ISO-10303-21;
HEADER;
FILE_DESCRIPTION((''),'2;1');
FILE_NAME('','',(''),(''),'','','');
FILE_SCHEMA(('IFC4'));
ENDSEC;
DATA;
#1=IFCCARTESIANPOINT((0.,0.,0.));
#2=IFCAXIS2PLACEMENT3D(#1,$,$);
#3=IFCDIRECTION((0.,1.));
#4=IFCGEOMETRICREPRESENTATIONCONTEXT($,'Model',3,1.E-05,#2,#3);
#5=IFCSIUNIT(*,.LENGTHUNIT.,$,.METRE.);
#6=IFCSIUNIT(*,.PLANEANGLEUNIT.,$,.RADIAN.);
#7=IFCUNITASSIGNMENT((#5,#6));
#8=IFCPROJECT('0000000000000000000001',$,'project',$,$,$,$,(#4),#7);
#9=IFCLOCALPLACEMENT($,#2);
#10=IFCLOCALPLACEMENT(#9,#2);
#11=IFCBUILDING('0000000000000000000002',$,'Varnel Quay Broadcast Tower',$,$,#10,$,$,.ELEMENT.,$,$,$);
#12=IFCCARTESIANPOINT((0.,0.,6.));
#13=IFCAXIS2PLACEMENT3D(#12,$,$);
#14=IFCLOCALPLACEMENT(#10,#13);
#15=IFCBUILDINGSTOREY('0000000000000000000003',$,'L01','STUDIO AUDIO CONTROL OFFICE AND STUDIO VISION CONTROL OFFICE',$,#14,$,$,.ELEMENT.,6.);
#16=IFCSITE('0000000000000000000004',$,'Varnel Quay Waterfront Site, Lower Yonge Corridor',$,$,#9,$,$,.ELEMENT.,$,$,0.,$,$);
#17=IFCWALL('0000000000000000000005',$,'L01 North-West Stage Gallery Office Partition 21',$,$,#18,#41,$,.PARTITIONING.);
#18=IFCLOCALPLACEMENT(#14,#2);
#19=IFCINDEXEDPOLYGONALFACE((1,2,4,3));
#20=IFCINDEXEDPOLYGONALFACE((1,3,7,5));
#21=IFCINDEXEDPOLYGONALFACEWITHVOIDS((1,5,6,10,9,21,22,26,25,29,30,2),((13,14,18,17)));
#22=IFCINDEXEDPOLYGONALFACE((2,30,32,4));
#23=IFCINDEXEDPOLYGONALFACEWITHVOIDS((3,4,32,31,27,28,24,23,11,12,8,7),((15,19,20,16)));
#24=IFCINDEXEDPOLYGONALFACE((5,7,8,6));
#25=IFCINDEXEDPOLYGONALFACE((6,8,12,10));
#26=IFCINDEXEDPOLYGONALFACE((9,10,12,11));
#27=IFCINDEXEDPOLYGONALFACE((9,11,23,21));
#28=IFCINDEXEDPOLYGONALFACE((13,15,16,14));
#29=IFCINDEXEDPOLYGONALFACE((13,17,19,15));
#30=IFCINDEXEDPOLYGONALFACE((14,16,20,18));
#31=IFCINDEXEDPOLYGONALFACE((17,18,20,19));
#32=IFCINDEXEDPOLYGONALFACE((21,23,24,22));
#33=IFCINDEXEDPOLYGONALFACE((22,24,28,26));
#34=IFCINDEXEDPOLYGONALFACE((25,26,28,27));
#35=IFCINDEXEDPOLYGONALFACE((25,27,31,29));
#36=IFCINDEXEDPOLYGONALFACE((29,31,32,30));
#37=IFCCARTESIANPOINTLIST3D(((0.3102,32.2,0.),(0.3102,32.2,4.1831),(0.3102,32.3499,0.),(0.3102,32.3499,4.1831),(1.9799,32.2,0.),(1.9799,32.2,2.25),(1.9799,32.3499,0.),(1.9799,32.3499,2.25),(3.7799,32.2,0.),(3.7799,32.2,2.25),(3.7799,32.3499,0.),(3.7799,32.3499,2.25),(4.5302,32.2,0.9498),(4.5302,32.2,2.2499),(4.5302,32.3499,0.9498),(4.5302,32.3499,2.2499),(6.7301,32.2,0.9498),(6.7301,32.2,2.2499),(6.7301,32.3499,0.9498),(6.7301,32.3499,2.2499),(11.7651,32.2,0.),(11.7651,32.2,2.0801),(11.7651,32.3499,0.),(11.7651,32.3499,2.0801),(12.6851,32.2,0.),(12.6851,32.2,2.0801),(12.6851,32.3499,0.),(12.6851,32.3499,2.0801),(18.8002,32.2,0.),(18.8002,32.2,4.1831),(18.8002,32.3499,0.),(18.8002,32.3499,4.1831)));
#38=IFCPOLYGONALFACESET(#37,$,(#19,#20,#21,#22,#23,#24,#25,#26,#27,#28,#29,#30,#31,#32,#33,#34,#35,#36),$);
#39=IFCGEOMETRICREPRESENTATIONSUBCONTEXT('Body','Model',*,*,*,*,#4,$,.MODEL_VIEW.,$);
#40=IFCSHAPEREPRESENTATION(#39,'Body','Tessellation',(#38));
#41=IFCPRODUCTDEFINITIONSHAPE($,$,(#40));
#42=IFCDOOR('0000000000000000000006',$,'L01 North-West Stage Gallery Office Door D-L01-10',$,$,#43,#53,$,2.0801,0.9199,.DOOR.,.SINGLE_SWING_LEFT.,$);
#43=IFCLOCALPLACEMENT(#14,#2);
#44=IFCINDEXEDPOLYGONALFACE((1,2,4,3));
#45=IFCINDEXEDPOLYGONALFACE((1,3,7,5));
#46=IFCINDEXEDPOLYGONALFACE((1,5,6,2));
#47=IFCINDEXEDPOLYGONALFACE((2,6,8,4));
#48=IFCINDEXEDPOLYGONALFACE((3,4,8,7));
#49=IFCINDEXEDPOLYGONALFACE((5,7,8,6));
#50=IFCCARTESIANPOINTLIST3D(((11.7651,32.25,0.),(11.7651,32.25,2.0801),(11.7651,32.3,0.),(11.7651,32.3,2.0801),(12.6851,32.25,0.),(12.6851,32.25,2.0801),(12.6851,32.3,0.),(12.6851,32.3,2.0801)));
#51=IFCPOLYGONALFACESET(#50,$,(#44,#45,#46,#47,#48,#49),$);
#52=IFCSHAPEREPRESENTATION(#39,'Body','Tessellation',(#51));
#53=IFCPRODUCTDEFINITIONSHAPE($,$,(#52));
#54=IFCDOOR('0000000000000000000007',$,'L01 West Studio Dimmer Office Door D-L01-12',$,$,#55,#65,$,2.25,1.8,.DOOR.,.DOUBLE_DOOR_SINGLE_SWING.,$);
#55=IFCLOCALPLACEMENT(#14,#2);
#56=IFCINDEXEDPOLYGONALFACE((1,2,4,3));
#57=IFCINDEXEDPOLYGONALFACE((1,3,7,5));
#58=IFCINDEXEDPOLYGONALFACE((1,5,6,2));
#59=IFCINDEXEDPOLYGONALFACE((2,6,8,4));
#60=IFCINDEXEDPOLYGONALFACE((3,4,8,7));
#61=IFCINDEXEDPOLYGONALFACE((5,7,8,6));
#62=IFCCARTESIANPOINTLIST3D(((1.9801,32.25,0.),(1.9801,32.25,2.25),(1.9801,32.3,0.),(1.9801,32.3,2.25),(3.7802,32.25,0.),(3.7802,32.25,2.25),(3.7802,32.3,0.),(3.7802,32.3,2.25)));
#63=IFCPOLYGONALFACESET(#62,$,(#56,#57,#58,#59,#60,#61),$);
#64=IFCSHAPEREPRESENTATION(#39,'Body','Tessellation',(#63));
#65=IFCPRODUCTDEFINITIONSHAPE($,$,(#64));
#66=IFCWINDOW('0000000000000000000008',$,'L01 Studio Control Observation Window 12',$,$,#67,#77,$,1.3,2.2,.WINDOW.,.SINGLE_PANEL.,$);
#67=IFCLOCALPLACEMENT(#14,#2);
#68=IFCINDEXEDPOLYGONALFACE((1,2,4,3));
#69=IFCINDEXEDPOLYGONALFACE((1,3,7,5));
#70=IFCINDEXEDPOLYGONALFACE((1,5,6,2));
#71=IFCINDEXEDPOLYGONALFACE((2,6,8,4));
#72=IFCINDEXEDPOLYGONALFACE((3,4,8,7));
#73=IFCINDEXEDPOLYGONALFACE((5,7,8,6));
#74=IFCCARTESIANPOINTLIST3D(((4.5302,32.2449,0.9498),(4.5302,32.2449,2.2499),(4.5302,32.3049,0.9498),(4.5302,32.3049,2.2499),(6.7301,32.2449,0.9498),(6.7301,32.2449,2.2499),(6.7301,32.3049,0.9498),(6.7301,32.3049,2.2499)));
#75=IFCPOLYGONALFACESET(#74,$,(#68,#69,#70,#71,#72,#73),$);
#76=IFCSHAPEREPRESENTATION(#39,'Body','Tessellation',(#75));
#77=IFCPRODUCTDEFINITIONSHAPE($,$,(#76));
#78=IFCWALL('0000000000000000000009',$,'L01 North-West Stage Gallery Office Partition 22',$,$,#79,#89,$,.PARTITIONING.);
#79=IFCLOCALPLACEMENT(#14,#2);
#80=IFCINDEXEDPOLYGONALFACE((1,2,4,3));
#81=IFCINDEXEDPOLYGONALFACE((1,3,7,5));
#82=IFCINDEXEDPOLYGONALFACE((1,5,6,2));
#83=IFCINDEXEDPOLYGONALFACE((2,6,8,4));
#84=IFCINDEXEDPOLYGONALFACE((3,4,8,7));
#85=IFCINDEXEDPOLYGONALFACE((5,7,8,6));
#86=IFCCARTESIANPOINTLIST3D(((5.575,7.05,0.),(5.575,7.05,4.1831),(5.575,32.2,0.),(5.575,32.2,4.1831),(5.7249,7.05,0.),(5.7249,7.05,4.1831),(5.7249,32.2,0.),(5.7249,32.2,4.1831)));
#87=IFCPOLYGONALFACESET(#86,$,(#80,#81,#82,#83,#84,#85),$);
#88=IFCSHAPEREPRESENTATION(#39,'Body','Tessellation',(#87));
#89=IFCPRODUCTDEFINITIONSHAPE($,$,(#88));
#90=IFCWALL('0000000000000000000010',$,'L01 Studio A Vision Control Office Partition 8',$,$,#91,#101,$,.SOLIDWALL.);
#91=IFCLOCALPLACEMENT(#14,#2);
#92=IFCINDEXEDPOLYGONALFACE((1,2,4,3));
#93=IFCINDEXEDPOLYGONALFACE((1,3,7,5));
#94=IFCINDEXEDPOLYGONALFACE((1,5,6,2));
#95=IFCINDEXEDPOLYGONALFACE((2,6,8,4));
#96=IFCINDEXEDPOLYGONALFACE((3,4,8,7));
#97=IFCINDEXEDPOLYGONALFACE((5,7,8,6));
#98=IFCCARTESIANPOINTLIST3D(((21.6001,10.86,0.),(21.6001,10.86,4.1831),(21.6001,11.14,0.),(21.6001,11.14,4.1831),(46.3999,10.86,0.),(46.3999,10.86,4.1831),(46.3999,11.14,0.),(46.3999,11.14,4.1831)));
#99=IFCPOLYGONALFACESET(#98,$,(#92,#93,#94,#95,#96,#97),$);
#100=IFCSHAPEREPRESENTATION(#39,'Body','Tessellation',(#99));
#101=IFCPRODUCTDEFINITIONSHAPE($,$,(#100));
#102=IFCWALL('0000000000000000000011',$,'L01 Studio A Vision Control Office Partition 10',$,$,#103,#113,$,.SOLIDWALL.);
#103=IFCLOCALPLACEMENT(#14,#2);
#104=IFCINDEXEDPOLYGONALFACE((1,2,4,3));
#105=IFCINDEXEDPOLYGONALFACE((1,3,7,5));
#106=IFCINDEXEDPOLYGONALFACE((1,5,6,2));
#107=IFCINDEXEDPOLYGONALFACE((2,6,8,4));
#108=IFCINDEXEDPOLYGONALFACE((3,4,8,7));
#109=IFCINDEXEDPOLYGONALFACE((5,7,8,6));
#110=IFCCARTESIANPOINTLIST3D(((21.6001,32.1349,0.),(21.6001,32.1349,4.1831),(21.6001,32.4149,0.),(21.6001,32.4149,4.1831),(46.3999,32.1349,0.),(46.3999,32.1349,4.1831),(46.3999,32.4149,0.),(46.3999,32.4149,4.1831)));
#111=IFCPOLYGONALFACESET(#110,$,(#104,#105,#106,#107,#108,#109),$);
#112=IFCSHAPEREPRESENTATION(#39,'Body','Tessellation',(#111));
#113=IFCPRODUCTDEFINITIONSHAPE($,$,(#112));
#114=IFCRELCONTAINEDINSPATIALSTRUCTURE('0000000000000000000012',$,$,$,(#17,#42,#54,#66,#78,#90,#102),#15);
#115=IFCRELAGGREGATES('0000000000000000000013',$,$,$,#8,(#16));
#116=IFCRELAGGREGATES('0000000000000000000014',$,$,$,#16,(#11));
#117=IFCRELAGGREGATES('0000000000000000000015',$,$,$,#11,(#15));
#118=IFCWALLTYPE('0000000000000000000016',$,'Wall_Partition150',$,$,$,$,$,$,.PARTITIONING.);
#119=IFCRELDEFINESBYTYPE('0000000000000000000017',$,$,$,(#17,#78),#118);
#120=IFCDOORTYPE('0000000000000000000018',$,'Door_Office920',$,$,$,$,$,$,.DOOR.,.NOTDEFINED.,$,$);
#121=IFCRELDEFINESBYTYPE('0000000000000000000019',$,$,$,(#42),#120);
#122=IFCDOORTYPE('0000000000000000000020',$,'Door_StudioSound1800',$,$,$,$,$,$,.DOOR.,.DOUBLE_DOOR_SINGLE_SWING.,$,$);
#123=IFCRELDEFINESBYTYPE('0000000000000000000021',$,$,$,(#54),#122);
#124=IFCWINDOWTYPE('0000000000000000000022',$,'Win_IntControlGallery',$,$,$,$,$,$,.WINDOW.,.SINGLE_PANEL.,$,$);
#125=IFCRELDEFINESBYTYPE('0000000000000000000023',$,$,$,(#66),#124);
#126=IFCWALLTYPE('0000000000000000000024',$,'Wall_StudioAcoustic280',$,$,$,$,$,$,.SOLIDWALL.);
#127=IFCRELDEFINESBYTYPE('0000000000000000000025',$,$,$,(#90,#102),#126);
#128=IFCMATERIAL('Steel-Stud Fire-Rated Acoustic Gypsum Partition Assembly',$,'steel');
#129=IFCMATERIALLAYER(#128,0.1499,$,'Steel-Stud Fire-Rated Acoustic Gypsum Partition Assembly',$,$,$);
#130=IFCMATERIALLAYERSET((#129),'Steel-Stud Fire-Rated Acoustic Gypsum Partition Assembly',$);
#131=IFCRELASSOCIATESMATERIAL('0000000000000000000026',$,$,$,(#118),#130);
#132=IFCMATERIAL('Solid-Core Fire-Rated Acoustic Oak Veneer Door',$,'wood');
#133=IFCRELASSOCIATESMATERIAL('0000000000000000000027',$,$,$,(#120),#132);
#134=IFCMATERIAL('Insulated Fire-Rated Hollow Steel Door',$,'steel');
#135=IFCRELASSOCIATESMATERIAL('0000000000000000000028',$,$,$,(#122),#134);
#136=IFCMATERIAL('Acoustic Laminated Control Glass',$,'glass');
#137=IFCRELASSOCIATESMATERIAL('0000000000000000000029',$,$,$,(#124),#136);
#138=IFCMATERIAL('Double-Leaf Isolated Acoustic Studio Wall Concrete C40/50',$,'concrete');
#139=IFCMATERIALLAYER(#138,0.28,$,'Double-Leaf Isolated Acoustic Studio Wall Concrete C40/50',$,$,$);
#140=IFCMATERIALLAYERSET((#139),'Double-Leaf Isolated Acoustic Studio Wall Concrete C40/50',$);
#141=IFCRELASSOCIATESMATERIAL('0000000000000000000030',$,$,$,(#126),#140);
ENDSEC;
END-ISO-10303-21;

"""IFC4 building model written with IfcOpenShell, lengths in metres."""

from ifc_helpers import new_model, si_unit, direction, frame, frame_2d, origin, place, context, subcontext, project, spatial, rectangle, extrude, source, transform, mapped, material, layer, layer_set, type_object, type_shapes, element, fill, save


model = new_model("IFC4")

# Units and contexts
model_context = context("Model", 3, precision=1e-05, world=origin(), true_north=direction((0.0, 1.0)))
body_context = subcontext(model_context, "Body", "Model", "MODEL_VIEW")
ifc_project = project(units=[si_unit("LENGTHUNIT", "METRE"), si_unit("PLANEANGLEUNIT", "RADIAN")], contexts=[model_context])

# Site, building, storey
site_placement = place(None, origin())
site = spatial("IfcSite", under=ifc_project, at=site_placement, Name="Varnel Quay Waterfront Site, Lower Yonge Corridor", CompositionType="ELEMENT", RefElevation=0.0)
building_placement = place(site_placement, origin())
building = spatial("IfcBuilding", under=site, at=building_placement, Name="Varnel Quay Broadcast Tower", CompositionType="ELEMENT")
storey_placement = place(building_placement, frame((0.0, 0.0, 6.0)))
storey = spatial("IfcBuildingStorey", under=building, at=storey_placement, Name="L01", Description="STUDIO AUDIO CONTROL OFFICE AND STUDIO VISION CONTROL OFFICE", CompositionType="ELEMENT", Elevation=6.0)

# Shared definitions
ifc_material_1 = material(Name="Steel-Stud Fire-Rated Acoustic Gypsum Partition Assembly", Category="steel")
ifc_layer_1 = layer(ifc_material_1, 0.1499, Name="Steel-Stud Fire-Rated Acoustic Gypsum Partition Assembly")
ifc_layer_set_1 = layer_set([ifc_layer_1], Name="Steel-Stud Fire-Rated Acoustic Gypsum Partition Assembly")
wall_type_1 = type_object("IfcWallType", Name="Wall_Partition150", PredefinedType="PARTITIONING", material=ifc_layer_set_1)

# Wall, openings, doors, window
wall_1_placement = place(storey_placement, frame((0.3101, 32.2749, 0.0), z_axis=(0.0, 0.0, 1.0), x_axis=(1.0, 0.0, 0.0)))
wall_1 = element("IfcWall", 1, at=wall_1_placement, inside=storey, type_object=wall_type_1, Name="L01 North-West Stage Gallery Office Partition 21", PredefinedType="PARTITIONING", context=body_context, shape_type="SweptSolid", body=[
    extrude(rectangle(XDim=18.49, YDim=0.1499, at=frame_2d((9.2451, 0.0))), origin(), (0.0, 0.0, 1.0), 4.1831),
])
opening_1_placement = place(wall_1_placement, frame((11.4551, 0.0, 0.0)))
opening_1 = element("IfcOpeningElement", 2, at=opening_1_placement, cuts=wall_1, PredefinedType="OPENING", context=body_context, shape_type="SweptSolid", body=[
    extrude(rectangle(XDim=0.9199, YDim=2.0801, at=frame_2d((0.46, 1.04))), frame((0.0, 0.085, 0.0), z_axis=(0.0, -1.0, 0.0), x_axis=(1.0, 0.0, 0.0)), (0.0, 0.0, 1.0), 0.1699),
])
opening_2_placement = place(wall_1_placement, frame((1.6699, 0.0, 0.0)))
opening_2 = element("IfcOpeningElement", 3, at=opening_2_placement, cuts=wall_1, PredefinedType="OPENING", context=body_context, shape_type="SweptSolid", body=[
    extrude(rectangle(XDim=1.8, YDim=2.25, at=frame_2d((0.8999, 1.125))), frame((0.0, 0.085, 0.0), z_axis=(0.0, -1.0, 0.0), x_axis=(1.0, 0.0, 0.0)), (0.0, 0.0, 1.0), 0.1699),
])
opening_3_placement = place(wall_1_placement, frame((4.22, 0.0, 0.95)))
opening_3 = element("IfcOpeningElement", 4, at=opening_3_placement, cuts=wall_1, PredefinedType="OPENING", context=body_context, shape_type="SweptSolid", body=[
    extrude(rectangle(XDim=2.2, YDim=1.3, at=frame_2d((1.1001, 0.6499))), frame((0.0, 0.085, 0.0), z_axis=(0.0, -1.0, 0.0), x_axis=(1.0, 0.0, 0.0)), (0.0, 0.0, 1.0), 0.1699),
])
ifc_material_2 = material(Name="Solid-Core Fire-Rated Acoustic Oak Veneer Door", Category="wood")
door_type_1 = type_object("IfcDoorType", Name="Door_Office920", OperationType="NOTDEFINED", PredefinedType="DOOR", material=ifc_material_2)
shared_shape_1 = source(origin(), body_context, "Body", "SweptSolid", [
    extrude(rectangle(XDim=0.9199, YDim=2.0801, at=frame_2d((0.46, 1.04))), frame((0.0, 0.0249, 0.0), z_axis=(0.0, -1.0, 0.0), x_axis=(1.0, 0.0, 0.0)), (0.0, 0.0, 1.0), 0.05),
])
type_shapes(door_type_1, [shared_shape_1])
door_1_placement = place(opening_1_placement, frame((0.9199, 0.0, 0.0), z_axis=(0.0, 0.0, 1.0), x_axis=(-1.0, 0.0, 0.0)))
door_1 = element("IfcDoor", 5, at=door_1_placement, inside=storey, type_object=door_type_1, Name="L01 North-West Stage Gallery Office Door D-L01-10", OperationType="SINGLE_SWING_LEFT", OverallHeight=2.0801, OverallWidth=0.9199, PredefinedType="DOOR", context=body_context, shape_type="MappedRepresentation", body=[
    mapped(shared_shape_1, transform((0.0, 0.0, 0.0), x_axis=(1.0, 0.0, 0.0), y_axis=(0.0, 1.0, 0.0), z_axis=(0.0, 0.0, 1.0), scale=1.0)),
])
fill(opening_1, door_1)
ifc_material_3 = material(Name="Insulated Fire-Rated Hollow Steel Door", Category="steel")
door_type_2 = type_object("IfcDoorType", Name="Door_StudioSound1800", OperationType="DOUBLE_DOOR_SINGLE_SWING", PredefinedType="DOOR", material=ifc_material_3)
shared_shape_2 = source(origin(), body_context, "Body", "SweptSolid", [
    extrude(rectangle(XDim=1.8, YDim=2.25, at=frame_2d((0.8999, 1.125))), frame((0.0, 0.0249, 0.0), z_axis=(0.0, -1.0, 0.0), x_axis=(1.0, 0.0, 0.0)), (0.0, 0.0, 1.0), 0.05),
])
type_shapes(door_type_2, [shared_shape_2])
door_2_placement = place(opening_2_placement, frame((1.8, 0.0, 0.0), z_axis=(0.0, 0.0, 1.0), x_axis=(-1.0, 0.0, 0.0)))
door_2 = element("IfcDoor", 6, at=door_2_placement, inside=storey, type_object=door_type_2, Name="L01 West Studio Dimmer Office Door D-L01-12", OperationType="DOUBLE_DOOR_SINGLE_SWING", OverallHeight=2.25, OverallWidth=1.8, PredefinedType="DOOR", context=body_context, shape_type="MappedRepresentation", body=[
    mapped(shared_shape_2, transform((0.0, 0.0, 0.0), x_axis=(1.0, 0.0, 0.0), y_axis=(0.0, 1.0, 0.0), z_axis=(0.0, 0.0, 1.0), scale=1.0)),
])
fill(opening_2, door_2)
ifc_material_4 = material(Name="Acoustic Laminated Control Glass", Category="glass")
window_type_1 = type_object("IfcWindowType", Name="Win_IntControlGallery", PartitioningType="SINGLE_PANEL", PredefinedType="WINDOW", material=ifc_material_4)
shared_shape_3 = source(origin(), body_context, "Body", "SweptSolid", [
    extrude(rectangle(XDim=2.2, YDim=1.3, at=frame_2d((1.1001, 0.6499))), frame((0.0, 0.03, 0.0), z_axis=(0.0, -1.0, 0.0), x_axis=(1.0, 0.0, 0.0)), (0.0, 0.0, 1.0), 0.0601),
])
type_shapes(window_type_1, [shared_shape_3])
window_1_placement = place(opening_3_placement, origin())
window_1 = element("IfcWindow", 7, at=window_1_placement, inside=storey, type_object=window_type_1, Name="L01 Studio Control Observation Window 12", OverallHeight=1.3, OverallWidth=2.2, PartitioningType="SINGLE_PANEL", PredefinedType="WINDOW", context=body_context, shape_type="MappedRepresentation", body=[
    mapped(shared_shape_3, transform((0.0, 0.0, 0.0), x_axis=(1.0, 0.0, 0.0), y_axis=(0.0, 1.0, 0.0), z_axis=(0.0, 0.0, 1.0), scale=1.0)),
])
fill(opening_3, window_1)

# Walls
wall_2_placement = place(storey_placement, frame((5.6499, 7.05, 0.0), z_axis=(0.0, 0.0, 1.0), x_axis=(0.0, 1.0, 0.0)))
element("IfcWall", 8, at=wall_2_placement, inside=storey, type_object=wall_type_1, Name="L01 North-West Stage Gallery Office Partition 22", PredefinedType="PARTITIONING", context=body_context, shape_type="SweptSolid", body=[
    extrude(rectangle(XDim=25.1499, YDim=0.1499, at=frame_2d((12.575, 0.0))), origin(), (0.0, 0.0, 1.0), 4.1831),
])
ifc_material_5 = material(Name="Double-Leaf Isolated Acoustic Studio Wall Concrete C40/50", Category="concrete")
ifc_layer_2 = layer(ifc_material_5, 0.28, Name="Double-Leaf Isolated Acoustic Studio Wall Concrete C40/50")
ifc_layer_set_2 = layer_set([ifc_layer_2], Name="Double-Leaf Isolated Acoustic Studio Wall Concrete C40/50")
wall_type_2 = type_object("IfcWallType", Name="Wall_StudioAcoustic280", PredefinedType="SOLIDWALL", material=ifc_layer_set_2)
for number, where, z_axis, x_axis, name in (
    (9, (21.6001, 11.0, 0.0), (0.0, 0.0, 1.0), (1.0, 0.0, 0.0), "L01 Studio A Vision Control Office Partition 8"),
    (10, (21.6001, 32.2749, 0.0), (0.0, 0.0, 1.0), (1.0, 0.0, 0.0), "L01 Studio A Vision Control Office Partition 10"),
):
    element("IfcWall", number, at=place(storey_placement, frame(where, z_axis=z_axis, x_axis=x_axis)), inside=storey, type_object=wall_type_2, Name=name, PredefinedType="SOLIDWALL", context=body_context, shape_type="SweptSolid", body=[
        extrude(rectangle(XDim=24.7998, YDim=0.28, at=frame_2d((12.3999, 0.0))), origin(), (0.0, 0.0, 1.0), 4.1831),
    ])

save(model, "model.ifc")
